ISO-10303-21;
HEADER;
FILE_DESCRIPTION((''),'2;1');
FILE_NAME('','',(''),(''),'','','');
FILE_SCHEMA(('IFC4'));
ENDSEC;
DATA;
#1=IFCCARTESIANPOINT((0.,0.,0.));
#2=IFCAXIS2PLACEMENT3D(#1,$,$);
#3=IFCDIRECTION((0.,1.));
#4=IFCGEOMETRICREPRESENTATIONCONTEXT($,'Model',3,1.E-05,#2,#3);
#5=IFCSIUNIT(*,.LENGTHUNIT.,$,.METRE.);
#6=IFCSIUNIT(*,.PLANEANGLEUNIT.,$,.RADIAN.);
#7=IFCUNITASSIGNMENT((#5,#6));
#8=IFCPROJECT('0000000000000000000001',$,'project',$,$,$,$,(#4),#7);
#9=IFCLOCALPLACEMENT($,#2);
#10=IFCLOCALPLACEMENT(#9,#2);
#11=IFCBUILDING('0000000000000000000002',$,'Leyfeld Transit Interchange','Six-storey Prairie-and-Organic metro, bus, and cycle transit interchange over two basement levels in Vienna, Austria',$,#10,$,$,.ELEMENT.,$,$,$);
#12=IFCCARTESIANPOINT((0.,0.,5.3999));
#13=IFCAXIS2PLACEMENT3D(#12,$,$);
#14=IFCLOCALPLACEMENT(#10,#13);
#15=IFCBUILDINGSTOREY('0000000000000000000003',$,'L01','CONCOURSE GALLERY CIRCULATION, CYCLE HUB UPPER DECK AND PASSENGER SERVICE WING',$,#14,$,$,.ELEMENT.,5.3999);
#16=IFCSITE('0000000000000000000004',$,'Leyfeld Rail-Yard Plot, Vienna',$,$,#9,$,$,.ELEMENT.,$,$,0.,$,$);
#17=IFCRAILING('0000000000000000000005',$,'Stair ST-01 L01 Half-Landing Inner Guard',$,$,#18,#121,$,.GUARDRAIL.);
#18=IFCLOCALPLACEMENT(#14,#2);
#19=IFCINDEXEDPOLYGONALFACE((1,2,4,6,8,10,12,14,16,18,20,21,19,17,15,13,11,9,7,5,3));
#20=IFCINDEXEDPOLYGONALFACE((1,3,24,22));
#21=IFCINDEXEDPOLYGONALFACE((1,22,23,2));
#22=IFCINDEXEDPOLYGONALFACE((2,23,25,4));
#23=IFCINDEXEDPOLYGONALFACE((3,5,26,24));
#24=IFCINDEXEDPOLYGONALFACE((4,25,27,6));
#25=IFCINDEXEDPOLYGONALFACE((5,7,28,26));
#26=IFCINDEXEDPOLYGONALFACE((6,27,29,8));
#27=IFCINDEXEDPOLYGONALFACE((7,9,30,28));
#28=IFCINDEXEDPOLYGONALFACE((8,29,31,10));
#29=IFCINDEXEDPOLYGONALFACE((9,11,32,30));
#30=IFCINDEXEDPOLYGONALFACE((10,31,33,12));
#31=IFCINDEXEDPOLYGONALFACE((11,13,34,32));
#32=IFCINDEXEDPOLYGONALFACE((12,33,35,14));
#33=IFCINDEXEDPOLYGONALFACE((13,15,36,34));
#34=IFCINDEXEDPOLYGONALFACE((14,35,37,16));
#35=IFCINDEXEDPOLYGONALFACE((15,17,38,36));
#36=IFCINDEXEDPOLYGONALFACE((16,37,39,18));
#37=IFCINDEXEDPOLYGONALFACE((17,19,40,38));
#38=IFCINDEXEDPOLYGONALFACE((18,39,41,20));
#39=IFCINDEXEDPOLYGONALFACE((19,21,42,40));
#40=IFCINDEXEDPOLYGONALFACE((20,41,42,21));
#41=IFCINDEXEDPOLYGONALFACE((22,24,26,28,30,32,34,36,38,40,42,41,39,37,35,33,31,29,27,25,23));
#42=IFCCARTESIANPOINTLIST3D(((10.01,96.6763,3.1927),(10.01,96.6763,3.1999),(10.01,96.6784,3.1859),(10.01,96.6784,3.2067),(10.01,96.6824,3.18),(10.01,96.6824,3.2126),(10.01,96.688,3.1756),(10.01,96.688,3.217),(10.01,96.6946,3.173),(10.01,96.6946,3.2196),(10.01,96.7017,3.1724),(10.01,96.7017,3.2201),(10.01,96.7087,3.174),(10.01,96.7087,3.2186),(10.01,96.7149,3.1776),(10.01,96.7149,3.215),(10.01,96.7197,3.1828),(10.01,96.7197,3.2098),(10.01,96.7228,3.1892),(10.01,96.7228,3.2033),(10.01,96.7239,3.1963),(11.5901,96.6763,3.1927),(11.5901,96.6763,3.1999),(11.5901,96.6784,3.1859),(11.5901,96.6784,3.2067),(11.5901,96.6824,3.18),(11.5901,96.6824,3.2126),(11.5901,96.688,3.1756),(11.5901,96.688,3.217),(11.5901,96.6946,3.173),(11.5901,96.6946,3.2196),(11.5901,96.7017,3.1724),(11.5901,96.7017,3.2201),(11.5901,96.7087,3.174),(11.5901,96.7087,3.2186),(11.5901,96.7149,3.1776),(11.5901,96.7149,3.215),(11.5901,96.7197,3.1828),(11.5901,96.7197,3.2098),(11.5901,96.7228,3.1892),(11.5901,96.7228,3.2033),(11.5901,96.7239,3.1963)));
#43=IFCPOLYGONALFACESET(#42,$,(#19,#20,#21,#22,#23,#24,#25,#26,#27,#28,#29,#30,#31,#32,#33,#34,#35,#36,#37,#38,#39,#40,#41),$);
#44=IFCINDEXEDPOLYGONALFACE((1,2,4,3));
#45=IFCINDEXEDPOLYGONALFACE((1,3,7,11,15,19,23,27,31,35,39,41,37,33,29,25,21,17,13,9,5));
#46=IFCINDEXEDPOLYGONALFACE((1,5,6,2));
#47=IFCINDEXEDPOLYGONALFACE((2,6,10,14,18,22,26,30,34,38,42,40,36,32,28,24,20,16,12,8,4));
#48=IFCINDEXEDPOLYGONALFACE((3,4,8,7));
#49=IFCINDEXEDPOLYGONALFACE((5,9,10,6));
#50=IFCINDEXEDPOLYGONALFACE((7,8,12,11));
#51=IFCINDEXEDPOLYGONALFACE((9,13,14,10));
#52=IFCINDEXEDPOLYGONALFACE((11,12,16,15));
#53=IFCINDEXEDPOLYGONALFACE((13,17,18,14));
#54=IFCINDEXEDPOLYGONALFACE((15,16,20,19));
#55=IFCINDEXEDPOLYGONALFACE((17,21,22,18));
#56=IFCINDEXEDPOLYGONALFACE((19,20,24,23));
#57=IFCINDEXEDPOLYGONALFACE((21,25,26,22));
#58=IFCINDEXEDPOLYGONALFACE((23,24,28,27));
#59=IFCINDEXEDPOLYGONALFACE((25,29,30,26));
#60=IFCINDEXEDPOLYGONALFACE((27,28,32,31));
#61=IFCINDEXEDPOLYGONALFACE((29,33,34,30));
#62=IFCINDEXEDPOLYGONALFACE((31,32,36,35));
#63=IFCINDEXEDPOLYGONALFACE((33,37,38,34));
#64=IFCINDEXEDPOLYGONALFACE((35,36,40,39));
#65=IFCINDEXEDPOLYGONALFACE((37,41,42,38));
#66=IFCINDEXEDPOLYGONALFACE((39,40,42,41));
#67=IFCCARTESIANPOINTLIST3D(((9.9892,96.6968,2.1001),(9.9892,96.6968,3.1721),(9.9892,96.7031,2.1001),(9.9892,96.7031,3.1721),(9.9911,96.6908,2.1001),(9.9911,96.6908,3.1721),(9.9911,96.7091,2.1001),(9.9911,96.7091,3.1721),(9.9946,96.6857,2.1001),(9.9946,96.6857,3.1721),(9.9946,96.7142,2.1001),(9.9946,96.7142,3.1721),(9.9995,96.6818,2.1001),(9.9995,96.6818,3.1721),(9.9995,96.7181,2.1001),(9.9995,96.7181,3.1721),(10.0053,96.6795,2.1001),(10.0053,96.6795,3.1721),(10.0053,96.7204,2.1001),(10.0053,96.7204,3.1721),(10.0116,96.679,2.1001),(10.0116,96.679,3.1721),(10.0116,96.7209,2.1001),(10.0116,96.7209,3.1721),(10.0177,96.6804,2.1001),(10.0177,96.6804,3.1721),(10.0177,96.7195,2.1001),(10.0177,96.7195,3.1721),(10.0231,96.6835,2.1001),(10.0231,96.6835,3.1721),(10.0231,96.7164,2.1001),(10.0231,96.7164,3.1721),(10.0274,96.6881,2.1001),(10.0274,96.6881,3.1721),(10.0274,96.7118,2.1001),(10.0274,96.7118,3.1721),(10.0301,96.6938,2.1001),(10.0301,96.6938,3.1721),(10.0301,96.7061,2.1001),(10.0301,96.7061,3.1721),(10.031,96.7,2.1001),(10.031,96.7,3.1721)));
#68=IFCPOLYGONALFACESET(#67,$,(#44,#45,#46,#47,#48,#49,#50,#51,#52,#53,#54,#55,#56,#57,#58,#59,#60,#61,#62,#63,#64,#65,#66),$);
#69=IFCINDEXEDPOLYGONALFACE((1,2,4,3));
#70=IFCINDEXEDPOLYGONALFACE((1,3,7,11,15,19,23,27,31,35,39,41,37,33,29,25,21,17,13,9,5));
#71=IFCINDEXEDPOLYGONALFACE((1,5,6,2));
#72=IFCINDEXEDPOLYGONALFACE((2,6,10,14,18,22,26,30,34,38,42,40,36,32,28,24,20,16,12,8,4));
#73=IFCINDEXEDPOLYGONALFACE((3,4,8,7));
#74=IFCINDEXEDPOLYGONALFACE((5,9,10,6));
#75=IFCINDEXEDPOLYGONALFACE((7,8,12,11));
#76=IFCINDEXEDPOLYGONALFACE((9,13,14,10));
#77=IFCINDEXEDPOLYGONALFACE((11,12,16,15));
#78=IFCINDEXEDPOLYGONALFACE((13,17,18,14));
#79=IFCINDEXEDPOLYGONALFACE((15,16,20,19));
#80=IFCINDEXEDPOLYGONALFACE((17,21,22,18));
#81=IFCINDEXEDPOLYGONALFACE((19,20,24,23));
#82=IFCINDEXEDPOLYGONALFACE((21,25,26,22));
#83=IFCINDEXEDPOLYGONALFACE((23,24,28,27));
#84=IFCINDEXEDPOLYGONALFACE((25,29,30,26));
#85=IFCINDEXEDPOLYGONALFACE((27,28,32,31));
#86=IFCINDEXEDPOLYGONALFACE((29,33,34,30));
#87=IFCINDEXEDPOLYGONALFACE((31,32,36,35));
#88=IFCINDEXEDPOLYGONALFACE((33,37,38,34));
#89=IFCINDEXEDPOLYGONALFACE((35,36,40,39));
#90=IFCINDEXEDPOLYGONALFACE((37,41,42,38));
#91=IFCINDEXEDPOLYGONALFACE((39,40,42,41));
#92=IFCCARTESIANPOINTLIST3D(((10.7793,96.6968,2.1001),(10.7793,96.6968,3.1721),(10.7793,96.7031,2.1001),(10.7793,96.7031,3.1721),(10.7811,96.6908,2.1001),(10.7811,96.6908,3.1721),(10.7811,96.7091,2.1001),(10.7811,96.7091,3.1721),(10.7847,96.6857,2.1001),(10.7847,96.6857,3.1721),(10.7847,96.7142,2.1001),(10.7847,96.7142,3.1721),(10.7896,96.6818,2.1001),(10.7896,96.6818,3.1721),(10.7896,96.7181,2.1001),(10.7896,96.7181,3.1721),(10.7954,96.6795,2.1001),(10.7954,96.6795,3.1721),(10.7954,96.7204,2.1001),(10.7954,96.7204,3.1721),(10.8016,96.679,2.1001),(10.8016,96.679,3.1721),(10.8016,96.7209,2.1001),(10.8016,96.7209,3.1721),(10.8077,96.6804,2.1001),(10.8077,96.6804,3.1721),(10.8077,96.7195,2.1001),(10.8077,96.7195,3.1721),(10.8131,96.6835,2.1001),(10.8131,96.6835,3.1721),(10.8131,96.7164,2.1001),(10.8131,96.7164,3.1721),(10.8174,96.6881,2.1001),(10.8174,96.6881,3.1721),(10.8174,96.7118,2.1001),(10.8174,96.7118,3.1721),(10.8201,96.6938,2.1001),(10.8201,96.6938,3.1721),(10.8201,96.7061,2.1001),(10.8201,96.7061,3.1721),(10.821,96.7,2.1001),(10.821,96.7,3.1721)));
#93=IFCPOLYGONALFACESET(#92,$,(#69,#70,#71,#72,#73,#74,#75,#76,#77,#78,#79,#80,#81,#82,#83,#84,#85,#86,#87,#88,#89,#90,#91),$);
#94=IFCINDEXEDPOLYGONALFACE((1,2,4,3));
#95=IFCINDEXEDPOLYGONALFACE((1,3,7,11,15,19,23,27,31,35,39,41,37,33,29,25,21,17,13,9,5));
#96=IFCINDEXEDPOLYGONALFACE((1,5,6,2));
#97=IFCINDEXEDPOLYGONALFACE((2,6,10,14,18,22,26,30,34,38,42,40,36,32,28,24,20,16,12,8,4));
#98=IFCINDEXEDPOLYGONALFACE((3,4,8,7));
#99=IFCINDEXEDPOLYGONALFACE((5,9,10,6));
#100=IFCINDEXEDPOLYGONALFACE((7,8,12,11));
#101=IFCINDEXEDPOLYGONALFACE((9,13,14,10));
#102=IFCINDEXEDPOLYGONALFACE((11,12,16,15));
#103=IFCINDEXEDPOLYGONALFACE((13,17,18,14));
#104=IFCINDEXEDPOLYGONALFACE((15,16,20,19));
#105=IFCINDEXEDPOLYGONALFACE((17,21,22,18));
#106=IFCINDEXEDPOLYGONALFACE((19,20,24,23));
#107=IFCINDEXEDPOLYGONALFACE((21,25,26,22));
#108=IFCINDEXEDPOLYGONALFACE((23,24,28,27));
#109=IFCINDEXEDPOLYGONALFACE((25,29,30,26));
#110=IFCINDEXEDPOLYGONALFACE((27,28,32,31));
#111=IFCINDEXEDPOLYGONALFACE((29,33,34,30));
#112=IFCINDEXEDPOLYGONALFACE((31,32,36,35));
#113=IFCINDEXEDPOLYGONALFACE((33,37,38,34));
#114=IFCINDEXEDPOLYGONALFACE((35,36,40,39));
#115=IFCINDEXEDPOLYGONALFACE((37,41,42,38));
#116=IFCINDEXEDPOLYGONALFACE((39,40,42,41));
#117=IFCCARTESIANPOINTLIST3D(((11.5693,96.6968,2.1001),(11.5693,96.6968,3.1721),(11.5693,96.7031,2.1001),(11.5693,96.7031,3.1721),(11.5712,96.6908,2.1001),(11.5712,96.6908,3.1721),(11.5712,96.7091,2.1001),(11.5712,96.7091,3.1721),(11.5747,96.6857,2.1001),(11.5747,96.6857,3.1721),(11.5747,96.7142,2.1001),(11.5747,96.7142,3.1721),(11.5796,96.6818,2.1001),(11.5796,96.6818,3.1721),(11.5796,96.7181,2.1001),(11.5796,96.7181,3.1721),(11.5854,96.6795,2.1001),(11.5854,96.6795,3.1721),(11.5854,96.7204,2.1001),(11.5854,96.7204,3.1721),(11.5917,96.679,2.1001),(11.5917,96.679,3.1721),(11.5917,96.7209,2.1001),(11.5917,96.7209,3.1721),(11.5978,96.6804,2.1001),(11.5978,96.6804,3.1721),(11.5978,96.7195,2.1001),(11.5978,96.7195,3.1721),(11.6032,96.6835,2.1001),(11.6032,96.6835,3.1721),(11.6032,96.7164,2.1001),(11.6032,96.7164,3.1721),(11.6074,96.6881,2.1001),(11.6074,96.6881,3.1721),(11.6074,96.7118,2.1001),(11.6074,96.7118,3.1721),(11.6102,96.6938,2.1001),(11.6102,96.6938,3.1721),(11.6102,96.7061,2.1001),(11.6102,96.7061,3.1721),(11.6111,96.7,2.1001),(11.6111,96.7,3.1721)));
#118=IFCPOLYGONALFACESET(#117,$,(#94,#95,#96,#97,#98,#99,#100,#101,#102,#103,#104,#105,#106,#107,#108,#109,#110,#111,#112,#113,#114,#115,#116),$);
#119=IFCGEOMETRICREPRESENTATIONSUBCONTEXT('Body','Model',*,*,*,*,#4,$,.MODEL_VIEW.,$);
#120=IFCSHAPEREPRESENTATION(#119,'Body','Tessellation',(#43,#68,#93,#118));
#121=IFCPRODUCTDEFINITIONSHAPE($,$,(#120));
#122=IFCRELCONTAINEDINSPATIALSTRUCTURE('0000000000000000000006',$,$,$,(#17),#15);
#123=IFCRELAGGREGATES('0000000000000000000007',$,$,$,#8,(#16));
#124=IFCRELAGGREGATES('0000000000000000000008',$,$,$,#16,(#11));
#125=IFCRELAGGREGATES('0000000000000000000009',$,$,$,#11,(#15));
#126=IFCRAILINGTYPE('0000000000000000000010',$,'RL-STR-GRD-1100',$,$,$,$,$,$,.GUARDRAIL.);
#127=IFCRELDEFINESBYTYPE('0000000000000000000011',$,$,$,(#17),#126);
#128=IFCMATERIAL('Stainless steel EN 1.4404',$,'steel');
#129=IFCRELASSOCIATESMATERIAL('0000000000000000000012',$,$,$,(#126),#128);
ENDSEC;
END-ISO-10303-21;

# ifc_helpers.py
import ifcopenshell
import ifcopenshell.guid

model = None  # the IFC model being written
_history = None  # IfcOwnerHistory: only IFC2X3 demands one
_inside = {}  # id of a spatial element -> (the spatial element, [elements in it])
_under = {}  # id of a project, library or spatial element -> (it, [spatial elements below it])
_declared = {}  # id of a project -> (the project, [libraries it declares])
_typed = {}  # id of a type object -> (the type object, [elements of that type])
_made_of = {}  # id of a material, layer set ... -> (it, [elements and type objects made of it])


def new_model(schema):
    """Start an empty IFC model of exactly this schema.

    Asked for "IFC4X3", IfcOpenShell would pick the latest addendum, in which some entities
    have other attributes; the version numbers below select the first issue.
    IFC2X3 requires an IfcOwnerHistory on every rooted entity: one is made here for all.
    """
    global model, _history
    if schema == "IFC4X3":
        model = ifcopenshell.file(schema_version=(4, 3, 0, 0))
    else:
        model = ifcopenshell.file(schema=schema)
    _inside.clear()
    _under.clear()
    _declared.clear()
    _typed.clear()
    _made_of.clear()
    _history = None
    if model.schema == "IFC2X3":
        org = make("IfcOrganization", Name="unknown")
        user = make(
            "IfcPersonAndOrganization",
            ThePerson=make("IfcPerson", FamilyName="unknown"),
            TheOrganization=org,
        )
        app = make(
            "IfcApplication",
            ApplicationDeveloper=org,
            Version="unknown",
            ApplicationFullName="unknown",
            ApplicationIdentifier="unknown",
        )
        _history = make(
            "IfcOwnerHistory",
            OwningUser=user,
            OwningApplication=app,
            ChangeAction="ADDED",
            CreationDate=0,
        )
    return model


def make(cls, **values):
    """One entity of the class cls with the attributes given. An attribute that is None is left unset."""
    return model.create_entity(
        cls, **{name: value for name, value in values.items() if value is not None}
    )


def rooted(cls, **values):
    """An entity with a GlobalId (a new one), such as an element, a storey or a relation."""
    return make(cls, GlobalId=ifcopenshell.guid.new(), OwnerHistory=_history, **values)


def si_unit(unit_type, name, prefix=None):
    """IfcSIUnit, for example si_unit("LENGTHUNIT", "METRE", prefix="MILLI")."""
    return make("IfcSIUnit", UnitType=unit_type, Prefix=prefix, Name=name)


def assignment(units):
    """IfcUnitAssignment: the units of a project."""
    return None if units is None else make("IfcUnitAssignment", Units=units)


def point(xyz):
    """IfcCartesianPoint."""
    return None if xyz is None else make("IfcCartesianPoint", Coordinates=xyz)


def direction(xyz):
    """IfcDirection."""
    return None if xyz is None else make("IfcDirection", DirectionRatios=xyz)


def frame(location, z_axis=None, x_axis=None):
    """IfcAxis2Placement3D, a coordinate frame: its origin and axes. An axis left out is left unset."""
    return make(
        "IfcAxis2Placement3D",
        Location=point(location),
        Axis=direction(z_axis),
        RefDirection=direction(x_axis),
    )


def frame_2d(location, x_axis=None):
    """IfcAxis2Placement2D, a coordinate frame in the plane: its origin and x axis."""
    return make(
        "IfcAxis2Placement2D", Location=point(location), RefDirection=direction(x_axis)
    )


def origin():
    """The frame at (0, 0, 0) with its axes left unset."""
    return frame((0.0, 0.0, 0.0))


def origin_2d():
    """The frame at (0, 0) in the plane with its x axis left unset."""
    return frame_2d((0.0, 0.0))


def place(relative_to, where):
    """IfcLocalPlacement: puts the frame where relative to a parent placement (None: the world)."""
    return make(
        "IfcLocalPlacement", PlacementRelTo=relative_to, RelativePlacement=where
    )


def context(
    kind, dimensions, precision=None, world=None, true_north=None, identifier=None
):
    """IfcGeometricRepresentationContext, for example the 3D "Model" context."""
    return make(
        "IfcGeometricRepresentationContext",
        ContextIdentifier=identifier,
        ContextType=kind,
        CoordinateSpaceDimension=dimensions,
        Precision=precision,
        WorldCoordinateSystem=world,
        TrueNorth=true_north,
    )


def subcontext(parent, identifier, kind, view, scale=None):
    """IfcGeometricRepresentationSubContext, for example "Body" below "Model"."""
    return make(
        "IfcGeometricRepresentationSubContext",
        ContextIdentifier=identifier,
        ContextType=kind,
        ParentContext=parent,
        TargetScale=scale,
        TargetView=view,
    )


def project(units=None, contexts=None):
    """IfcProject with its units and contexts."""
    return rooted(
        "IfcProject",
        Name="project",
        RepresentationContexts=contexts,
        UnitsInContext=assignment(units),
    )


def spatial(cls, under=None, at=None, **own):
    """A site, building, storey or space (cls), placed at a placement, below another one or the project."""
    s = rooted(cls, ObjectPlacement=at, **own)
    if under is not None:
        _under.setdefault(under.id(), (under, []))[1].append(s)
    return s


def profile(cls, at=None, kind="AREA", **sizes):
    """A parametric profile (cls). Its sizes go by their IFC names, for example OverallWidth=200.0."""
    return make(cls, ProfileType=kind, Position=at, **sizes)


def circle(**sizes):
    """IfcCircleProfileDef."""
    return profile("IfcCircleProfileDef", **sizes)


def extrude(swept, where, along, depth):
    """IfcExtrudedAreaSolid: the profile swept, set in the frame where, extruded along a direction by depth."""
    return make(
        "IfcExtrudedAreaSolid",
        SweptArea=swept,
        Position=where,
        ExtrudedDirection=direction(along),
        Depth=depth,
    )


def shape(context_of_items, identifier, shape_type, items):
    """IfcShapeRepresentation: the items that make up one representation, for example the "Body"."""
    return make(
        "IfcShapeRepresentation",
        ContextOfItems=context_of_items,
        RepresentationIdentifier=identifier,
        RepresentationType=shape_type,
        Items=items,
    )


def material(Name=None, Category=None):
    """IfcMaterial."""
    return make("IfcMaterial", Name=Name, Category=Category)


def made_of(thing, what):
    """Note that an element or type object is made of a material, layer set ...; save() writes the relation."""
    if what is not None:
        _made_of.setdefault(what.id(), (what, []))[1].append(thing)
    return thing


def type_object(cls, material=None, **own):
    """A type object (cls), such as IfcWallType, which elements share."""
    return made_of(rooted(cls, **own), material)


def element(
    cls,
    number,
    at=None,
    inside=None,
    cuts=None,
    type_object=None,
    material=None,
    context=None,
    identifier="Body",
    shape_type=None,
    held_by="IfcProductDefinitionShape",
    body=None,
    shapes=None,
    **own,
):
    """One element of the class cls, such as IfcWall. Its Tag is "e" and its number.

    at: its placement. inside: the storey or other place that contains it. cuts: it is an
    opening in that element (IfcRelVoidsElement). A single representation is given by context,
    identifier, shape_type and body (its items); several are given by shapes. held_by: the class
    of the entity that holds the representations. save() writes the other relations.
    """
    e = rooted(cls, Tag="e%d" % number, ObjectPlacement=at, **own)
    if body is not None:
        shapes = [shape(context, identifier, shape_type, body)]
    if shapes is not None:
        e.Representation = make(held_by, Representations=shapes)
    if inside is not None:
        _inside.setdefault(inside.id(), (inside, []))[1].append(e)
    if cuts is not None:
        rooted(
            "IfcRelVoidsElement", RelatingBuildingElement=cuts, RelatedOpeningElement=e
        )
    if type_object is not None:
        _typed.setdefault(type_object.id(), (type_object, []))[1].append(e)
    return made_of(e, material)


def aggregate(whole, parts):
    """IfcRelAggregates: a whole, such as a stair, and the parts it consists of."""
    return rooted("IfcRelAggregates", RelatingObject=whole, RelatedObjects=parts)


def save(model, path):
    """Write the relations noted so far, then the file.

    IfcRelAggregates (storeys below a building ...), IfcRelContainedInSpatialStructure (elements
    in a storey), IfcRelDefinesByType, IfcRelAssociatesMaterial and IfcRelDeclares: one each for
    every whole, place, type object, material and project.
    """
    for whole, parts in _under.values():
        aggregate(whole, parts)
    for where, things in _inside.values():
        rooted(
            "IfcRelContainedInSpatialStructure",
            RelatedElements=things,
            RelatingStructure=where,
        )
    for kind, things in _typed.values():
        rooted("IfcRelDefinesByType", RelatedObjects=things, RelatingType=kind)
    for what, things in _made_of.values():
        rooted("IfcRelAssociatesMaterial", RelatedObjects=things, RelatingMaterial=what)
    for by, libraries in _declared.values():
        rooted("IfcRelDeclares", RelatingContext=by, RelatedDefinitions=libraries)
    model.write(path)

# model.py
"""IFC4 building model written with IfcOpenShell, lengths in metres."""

from ifc_helpers import new_model, si_unit, direction, frame, origin, origin_2d, place, context, subcontext, project, spatial, circle, extrude, material, type_object, element, save


model = new_model("IFC4")

# Units and contexts
model_context = context("Model", 3, precision=1e-05, world=origin(), true_north=direction((0.0, 1.0)))
body_context = subcontext(model_context, "Body", "Model", "MODEL_VIEW")
ifc_project = project(units=[si_unit("LENGTHUNIT", "METRE"), si_unit("PLANEANGLEUNIT", "RADIAN")], contexts=[model_context])

# Site, building, storey
site_placement = place(None, origin())
site = spatial("IfcSite", under=ifc_project, at=site_placement, Name="Leyfeld Rail-Yard Plot, Vienna", CompositionType="ELEMENT", RefElevation=0.0)
building_placement = place(site_placement, origin())
building = spatial("IfcBuilding", under=site, at=building_placement, Name="Leyfeld Transit Interchange", Description="Six-storey Prairie-and-Organic metro, bus, and cycle transit interchange over two basement levels in Vienna, Austria", CompositionType="ELEMENT")
storey_placement = place(building_placement, frame((0.0, 0.0, 5.3999)))
storey = spatial("IfcBuildingStorey", under=building, at=storey_placement, Name="L01", Description="CONCOURSE GALLERY CIRCULATION, CYCLE HUB UPPER DECK AND PASSENGER SERVICE WING", CompositionType="ELEMENT", Elevation=5.3999)

# Railing
ifc_material_1 = material(Name="Stainless steel EN 1.4404", Category="steel")
railing_type_1 = type_object("IfcRailingType", Name="RL-STR-GRD-1100", PredefinedType="GUARDRAIL", material=ifc_material_1)
railing_1_placement = place(storey_placement, frame((10.01, 96.7, 2.1001)))
element("IfcRailing", 1, at=railing_1_placement, inside=storey, type_object=railing_type_1, Name="Stair ST-01 L01 Half-Landing Inner Guard", PredefinedType="GUARDRAIL", context=body_context, shape_type="SweptSolid", body=[
    extrude(circle(Radius=0.0239, at=origin_2d()), frame((0.0, 0.0, 1.0962), z_axis=(1.0, 0.0, 0.0), x_axis=(0.0, 1.0, 0.0)), (0.0, 0.0, 1.0), 1.5801),
    extrude(circle(Radius=0.021, at=origin_2d()), origin(), (0.0, 0.0, 1.0), 1.072),
    extrude(circle(Radius=0.021, at=origin_2d()), frame((0.79, 0.0, 0.0)), (0.0, 0.0, 1.0), 1.072),
    extrude(circle(Radius=0.021, at=origin_2d()), frame((1.5801, 0.0, 0.0)), (0.0, 0.0, 1.0), 1.072),
])

save(model, "model.ifc")
